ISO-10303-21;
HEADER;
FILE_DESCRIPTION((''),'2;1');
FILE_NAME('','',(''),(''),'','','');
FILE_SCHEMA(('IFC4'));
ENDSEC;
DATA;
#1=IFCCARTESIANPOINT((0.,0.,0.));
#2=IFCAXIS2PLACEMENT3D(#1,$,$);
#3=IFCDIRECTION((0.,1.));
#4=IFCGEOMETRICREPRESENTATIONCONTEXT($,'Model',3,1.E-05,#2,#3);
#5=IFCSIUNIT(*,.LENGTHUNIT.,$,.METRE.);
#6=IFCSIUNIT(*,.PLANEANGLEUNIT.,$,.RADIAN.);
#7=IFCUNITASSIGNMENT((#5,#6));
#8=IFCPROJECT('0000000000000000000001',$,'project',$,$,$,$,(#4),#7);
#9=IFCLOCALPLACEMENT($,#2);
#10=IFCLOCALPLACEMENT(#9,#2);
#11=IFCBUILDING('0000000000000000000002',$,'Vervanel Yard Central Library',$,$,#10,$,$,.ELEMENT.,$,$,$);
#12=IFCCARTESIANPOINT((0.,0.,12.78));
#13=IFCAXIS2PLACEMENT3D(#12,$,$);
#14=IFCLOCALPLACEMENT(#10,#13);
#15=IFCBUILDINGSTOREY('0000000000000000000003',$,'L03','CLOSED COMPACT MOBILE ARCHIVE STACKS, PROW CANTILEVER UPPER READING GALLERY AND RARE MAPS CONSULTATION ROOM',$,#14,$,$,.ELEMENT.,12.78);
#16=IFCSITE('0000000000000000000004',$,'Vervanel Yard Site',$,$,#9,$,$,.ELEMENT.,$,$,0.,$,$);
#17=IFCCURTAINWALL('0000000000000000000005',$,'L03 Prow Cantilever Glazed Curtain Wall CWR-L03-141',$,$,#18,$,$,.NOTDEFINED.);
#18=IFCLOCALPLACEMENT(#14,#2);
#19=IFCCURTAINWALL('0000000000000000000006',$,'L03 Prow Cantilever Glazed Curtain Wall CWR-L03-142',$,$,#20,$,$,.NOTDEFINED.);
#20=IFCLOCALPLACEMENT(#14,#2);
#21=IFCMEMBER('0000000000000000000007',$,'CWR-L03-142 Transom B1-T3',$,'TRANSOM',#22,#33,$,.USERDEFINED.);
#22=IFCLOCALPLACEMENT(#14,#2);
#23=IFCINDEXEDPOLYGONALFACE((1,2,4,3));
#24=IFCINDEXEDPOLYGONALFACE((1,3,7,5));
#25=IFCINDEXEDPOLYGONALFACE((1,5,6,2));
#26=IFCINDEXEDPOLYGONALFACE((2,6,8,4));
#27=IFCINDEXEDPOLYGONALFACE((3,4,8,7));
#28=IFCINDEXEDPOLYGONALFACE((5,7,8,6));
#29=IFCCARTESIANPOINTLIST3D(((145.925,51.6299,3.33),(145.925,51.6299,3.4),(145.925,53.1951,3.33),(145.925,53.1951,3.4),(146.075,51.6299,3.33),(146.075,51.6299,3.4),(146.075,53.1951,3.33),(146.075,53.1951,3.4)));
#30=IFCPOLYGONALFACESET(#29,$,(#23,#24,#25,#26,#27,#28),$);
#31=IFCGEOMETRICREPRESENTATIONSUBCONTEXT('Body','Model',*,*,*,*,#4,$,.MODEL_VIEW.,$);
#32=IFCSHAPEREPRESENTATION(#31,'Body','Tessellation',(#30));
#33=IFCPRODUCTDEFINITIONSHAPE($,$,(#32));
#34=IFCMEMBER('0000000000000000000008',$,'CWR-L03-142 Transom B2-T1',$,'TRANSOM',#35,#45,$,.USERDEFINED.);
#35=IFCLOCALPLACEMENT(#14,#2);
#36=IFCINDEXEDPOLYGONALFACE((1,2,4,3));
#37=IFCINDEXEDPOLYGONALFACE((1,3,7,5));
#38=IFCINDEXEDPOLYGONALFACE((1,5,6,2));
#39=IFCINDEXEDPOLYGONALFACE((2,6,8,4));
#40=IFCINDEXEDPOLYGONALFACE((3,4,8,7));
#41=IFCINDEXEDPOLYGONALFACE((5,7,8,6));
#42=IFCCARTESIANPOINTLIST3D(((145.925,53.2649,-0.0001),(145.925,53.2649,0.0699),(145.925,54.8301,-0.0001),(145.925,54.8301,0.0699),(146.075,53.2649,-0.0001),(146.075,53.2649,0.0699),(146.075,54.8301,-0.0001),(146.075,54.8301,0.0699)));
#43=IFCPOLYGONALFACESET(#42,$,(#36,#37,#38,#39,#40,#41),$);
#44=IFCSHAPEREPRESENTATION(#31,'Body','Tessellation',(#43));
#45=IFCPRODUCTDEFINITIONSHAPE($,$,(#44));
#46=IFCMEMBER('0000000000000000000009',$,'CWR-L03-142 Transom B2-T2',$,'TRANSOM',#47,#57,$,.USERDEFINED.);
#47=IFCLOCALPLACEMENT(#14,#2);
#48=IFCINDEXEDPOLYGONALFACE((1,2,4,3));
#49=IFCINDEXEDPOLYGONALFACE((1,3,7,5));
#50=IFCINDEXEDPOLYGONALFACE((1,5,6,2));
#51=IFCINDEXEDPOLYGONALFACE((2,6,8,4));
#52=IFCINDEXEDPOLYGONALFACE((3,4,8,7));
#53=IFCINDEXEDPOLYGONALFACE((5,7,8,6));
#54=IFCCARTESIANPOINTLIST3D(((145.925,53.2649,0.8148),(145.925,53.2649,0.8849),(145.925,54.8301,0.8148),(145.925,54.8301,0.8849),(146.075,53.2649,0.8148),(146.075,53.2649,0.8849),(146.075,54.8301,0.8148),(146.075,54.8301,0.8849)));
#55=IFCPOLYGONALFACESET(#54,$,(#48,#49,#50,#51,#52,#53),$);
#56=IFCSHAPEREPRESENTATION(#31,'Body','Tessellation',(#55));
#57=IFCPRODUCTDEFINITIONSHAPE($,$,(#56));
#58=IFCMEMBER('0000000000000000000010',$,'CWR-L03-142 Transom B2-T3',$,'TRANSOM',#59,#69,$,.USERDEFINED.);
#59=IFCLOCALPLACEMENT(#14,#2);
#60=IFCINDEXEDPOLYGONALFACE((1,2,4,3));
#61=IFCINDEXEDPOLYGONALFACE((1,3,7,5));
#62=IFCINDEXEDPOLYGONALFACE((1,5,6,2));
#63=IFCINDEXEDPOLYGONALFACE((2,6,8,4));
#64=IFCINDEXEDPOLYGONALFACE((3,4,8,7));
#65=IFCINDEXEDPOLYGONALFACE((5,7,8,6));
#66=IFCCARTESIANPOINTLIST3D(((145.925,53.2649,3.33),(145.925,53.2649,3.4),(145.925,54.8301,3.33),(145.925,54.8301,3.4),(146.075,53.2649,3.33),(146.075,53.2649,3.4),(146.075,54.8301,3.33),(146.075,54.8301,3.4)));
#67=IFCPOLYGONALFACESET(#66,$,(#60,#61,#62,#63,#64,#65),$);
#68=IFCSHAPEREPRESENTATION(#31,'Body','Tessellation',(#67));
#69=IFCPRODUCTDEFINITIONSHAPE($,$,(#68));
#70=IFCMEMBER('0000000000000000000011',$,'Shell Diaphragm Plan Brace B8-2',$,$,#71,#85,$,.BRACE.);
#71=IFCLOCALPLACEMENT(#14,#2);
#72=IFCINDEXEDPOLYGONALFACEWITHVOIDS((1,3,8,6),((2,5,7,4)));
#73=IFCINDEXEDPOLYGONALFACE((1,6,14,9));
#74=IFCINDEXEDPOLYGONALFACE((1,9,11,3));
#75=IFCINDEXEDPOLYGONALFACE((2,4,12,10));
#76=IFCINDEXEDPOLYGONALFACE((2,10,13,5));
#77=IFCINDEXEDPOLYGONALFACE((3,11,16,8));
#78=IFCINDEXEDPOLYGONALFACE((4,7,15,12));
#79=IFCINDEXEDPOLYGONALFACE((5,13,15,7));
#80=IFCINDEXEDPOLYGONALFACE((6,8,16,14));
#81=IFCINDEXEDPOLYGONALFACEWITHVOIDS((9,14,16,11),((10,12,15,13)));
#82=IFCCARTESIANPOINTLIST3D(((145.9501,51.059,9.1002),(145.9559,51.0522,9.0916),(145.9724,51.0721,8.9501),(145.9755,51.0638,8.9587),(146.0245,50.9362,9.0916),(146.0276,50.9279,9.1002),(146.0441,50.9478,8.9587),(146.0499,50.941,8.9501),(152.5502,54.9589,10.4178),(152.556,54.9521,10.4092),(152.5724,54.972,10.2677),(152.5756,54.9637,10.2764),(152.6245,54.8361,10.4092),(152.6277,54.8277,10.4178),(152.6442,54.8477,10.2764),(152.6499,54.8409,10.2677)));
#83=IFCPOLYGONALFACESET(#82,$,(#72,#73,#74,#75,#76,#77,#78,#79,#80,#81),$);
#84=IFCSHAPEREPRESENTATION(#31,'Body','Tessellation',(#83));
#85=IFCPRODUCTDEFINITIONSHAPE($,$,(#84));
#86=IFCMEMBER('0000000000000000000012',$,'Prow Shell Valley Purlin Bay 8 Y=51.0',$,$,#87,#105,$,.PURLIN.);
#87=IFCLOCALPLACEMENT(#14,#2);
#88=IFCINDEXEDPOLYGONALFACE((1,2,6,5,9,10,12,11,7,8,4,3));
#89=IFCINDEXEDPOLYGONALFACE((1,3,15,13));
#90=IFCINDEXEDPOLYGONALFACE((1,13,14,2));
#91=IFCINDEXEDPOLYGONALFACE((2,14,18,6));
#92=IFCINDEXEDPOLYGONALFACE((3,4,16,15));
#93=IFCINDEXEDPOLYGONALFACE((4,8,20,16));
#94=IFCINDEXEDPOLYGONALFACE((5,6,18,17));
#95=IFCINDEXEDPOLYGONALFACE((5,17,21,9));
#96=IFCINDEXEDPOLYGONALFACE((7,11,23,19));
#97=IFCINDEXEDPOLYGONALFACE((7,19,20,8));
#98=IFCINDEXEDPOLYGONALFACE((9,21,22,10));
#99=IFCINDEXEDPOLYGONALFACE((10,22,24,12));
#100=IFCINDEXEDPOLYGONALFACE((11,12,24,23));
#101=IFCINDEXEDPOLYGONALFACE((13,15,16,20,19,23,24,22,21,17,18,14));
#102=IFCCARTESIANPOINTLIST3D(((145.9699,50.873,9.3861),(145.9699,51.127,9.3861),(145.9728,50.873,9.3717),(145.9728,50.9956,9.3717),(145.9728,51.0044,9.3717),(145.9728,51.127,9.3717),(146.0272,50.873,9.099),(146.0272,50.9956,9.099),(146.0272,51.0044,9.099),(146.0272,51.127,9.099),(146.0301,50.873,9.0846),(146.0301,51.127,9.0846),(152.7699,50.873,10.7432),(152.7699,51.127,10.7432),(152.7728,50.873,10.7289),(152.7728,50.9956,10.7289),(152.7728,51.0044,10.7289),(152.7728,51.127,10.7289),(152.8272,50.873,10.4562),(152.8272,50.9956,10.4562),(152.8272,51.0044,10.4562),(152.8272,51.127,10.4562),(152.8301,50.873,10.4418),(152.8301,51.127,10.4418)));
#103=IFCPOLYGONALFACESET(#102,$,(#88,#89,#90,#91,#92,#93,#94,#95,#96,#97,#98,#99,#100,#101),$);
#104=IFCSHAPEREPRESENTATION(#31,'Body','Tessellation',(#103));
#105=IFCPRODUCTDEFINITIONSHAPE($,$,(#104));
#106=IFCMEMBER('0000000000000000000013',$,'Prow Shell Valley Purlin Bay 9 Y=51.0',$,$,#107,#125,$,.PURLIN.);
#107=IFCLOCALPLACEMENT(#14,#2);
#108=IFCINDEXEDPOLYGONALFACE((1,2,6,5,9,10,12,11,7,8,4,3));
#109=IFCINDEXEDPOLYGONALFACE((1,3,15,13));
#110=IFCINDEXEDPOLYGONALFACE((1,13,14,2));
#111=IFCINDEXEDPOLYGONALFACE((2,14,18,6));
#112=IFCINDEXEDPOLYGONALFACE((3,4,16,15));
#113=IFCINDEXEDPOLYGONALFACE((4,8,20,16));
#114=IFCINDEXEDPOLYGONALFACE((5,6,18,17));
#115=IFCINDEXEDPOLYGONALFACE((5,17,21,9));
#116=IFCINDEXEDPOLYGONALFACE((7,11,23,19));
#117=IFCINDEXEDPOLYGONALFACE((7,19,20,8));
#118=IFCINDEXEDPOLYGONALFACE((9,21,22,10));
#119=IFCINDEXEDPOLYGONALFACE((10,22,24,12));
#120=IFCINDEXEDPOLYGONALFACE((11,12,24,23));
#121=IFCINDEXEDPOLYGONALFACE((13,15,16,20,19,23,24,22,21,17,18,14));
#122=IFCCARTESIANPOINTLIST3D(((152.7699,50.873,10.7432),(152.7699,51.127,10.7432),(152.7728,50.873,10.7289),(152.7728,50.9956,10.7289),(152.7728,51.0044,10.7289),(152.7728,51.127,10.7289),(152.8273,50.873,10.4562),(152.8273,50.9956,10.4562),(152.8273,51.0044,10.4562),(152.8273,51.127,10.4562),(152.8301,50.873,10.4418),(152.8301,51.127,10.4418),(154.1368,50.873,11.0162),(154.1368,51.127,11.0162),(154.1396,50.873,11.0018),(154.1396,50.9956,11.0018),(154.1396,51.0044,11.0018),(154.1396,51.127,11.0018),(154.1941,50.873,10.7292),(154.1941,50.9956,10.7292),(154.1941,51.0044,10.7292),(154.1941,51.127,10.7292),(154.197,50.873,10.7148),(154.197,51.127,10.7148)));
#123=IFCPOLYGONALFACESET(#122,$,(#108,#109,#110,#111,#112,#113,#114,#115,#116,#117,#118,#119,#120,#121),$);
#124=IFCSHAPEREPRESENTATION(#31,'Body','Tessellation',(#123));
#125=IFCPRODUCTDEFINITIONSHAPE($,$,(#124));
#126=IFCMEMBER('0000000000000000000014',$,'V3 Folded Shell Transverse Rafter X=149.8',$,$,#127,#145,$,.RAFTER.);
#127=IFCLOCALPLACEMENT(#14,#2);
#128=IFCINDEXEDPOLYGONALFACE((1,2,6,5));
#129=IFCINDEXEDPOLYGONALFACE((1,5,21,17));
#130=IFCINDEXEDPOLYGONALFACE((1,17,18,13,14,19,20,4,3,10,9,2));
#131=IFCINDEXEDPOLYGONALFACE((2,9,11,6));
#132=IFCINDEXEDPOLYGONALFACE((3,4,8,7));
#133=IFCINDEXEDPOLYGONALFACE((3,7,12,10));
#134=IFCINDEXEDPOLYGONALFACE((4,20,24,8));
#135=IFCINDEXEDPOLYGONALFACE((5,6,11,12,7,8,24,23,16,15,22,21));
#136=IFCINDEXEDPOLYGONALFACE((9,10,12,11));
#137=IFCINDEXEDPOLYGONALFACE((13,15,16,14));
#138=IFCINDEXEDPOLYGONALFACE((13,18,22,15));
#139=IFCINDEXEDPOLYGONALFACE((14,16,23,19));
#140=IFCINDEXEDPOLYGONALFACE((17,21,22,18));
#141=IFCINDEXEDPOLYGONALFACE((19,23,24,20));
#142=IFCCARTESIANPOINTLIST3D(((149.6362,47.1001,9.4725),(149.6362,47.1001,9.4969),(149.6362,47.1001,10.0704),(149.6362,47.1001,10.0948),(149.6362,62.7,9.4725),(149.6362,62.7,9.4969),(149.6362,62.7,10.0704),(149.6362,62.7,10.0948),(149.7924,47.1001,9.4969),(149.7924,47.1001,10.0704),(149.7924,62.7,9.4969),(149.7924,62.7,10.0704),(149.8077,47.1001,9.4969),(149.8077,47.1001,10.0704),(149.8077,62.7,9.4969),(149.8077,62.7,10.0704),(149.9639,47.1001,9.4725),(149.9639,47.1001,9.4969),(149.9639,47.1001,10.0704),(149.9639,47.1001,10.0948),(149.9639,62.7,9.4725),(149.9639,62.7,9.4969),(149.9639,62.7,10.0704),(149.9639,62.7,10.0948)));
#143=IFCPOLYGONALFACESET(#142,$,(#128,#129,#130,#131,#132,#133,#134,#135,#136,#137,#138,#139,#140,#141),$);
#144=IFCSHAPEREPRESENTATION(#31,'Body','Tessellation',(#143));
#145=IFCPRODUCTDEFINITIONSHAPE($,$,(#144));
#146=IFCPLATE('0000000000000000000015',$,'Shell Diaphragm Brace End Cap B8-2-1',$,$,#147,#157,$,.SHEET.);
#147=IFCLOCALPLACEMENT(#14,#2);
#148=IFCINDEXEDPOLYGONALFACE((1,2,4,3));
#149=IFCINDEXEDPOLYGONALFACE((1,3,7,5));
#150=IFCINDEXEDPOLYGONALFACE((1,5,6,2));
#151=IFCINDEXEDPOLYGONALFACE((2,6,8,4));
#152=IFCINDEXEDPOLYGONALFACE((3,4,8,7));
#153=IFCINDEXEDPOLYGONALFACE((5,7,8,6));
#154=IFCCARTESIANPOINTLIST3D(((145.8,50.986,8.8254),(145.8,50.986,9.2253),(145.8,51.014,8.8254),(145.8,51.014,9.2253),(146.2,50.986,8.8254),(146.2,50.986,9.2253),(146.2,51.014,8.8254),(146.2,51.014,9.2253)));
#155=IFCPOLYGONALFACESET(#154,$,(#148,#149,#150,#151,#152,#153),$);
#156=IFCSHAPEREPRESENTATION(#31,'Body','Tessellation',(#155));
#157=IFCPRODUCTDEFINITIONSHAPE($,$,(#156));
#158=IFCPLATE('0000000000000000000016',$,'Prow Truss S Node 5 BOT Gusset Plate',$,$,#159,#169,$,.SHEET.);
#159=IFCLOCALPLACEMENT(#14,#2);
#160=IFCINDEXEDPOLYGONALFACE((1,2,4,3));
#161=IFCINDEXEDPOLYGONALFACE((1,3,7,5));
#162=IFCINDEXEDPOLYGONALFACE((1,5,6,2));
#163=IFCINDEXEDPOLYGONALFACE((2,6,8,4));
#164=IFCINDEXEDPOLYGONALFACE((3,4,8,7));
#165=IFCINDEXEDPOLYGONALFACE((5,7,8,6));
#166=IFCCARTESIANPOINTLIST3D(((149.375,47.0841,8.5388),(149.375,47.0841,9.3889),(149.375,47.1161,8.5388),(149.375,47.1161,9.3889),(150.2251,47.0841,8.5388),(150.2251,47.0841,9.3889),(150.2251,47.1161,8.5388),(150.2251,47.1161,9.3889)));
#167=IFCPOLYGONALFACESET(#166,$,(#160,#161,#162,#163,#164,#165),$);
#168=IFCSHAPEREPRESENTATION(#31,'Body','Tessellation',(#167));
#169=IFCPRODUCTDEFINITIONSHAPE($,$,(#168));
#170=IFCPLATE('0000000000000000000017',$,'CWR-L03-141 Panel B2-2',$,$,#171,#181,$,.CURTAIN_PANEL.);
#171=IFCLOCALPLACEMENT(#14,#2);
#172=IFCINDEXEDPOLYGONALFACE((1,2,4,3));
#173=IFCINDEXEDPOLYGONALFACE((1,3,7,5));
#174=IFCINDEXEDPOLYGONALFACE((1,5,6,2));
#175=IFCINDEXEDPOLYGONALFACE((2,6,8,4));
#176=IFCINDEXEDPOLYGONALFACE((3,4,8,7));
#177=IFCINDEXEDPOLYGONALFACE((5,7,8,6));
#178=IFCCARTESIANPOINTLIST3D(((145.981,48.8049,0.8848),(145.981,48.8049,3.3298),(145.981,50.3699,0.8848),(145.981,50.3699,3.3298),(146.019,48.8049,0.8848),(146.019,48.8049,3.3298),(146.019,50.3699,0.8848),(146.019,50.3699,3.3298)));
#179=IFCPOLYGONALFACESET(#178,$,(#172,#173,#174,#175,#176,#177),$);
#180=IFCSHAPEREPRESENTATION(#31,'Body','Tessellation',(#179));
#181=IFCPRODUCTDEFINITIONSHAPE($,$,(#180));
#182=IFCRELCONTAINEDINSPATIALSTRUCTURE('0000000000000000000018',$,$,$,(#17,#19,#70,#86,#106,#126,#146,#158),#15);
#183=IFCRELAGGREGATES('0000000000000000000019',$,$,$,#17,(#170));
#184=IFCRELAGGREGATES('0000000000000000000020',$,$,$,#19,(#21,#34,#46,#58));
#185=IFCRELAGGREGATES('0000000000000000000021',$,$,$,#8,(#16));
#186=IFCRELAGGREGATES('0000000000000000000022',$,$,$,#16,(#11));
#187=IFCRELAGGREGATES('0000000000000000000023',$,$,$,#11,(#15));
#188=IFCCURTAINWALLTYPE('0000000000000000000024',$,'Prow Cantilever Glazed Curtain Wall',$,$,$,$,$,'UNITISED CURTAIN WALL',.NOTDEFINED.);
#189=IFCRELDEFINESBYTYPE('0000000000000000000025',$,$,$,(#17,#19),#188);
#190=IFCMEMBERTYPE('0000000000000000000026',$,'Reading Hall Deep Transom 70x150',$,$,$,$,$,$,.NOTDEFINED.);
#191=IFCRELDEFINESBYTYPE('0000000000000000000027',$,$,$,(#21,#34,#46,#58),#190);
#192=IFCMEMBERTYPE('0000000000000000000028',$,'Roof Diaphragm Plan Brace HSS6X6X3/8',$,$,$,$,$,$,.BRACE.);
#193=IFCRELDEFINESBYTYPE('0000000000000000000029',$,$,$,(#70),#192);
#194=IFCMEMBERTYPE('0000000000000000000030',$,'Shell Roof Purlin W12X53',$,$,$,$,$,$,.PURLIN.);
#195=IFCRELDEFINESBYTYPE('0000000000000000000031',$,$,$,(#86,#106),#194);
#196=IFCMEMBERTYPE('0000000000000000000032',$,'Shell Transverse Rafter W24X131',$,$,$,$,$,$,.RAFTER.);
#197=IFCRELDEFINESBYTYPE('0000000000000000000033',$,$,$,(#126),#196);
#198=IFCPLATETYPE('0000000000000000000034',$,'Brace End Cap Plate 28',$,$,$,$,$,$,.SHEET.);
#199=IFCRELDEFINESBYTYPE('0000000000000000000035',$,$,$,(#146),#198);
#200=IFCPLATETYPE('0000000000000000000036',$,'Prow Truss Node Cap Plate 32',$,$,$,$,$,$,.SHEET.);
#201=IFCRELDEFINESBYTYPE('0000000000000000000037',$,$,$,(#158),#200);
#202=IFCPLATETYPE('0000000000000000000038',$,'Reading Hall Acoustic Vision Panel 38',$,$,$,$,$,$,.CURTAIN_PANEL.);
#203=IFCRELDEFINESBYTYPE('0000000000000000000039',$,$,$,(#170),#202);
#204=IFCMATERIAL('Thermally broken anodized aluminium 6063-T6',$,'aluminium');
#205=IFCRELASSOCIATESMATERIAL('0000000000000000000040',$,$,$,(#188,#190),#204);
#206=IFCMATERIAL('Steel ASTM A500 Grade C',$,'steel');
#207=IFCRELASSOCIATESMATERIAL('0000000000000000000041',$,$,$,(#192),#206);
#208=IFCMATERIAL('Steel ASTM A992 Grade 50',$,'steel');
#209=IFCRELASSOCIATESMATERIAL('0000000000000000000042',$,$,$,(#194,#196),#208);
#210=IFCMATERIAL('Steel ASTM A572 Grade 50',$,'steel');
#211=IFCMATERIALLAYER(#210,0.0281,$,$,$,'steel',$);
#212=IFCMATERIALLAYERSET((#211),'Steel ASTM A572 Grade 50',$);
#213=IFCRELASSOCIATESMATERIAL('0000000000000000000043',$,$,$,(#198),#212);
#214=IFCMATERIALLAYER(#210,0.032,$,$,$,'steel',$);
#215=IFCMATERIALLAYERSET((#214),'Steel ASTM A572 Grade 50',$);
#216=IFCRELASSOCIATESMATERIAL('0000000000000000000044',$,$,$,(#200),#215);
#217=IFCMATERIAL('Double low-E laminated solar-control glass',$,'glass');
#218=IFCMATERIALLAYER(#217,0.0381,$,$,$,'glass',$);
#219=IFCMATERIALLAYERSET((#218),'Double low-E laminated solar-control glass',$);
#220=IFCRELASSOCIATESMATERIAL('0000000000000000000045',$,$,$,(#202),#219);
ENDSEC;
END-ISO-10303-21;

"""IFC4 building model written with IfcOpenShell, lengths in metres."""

from ifc_helpers import new_model, si_unit, direction, frame, origin, origin_2d, place, context, subcontext, project, spatial, rectangle, hollow_rectangle, i_section, extrude, material, layer, layer_set, material_profile, profile_set, type_object, element, aggregate, save


model = new_model("IFC4")

# Units and contexts
model_context = context("Model", 3, precision=1e-05, world=origin(), true_north=direction((0.0, 1.0)))
body_context = subcontext(model_context, "Body", "Model", "MODEL_VIEW")
ifc_project = project(units=[si_unit("LENGTHUNIT", "METRE"), si_unit("PLANEANGLEUNIT", "RADIAN")], contexts=[model_context])

# Site, building, storey
site_placement = place(None, origin())
site = spatial("IfcSite", under=ifc_project, at=site_placement, Name="Vervanel Yard Site", CompositionType="ELEMENT", RefElevation=0.0)
building_placement = place(site_placement, origin())
building = spatial("IfcBuilding", under=site, at=building_placement, Name="Vervanel Yard Central Library", CompositionType="ELEMENT")
storey_placement = place(building_placement, frame((0.0, 0.0, 12.78)))
storey = spatial("IfcBuildingStorey", under=building, at=storey_placement, Name="L03", Description="CLOSED COMPACT MOBILE ARCHIVE STACKS, PROW CANTILEVER UPPER READING GALLERY AND RARE MAPS CONSULTATION ROOM", CompositionType="ELEMENT", Elevation=12.78)

# Shared definitions
ifc_material_1 = material(Name="Steel ASTM A500 Grade C", Category="steel")

# Curtain walls
ifc_material_2 = material(Name="Thermally broken anodized aluminium 6063-T6", Category="aluminium")
curtain_wall_type = type_object("IfcCurtainWallType", Name="Prow Cantilever Glazed Curtain Wall", ElementType="UNITISED CURTAIN WALL", PredefinedType="NOTDEFINED", material=ifc_material_2)
curtain_wall_1_placement = place(storey_placement, origin())
curtain_wall_1 = element("IfcCurtainWall", 1, at=curtain_wall_1_placement, inside=storey, type_object=curtain_wall_type, Name="L03 Prow Cantilever Glazed Curtain Wall CWR-L03-141", PredefinedType="NOTDEFINED")
curtain_wall_2_placement = place(storey_placement, origin())
curtain_wall_2 = element("IfcCurtainWall", 2, at=curtain_wall_2_placement, inside=storey, type_object=curtain_wall_type, Name="L03 Prow Cantilever Glazed Curtain Wall CWR-L03-142", PredefinedType="NOTDEFINED")

# Members
ifc_material_profile_1 = material_profile(ifc_material_2, rectangle(XDim=0.0701, YDim=0.1499, at=origin_2d()), Name="ALU 70x150", Category="aluminium")
ifc_profile_set_1 = profile_set([ifc_material_profile_1], Name="Thermally broken anodized aluminium 6063-T6")
member_type_1 = type_object("IfcMemberType", Name="Reading Hall Deep Transom 70x150", PredefinedType="NOTDEFINED", material=ifc_profile_set_1)
member_1_placement = place(storey_placement, frame((146.0, 51.6299, 3.365), z_axis=(0.0, 1.0, 0.0), x_axis=(0.0, 0.0, 1.0)))
member_1 = element("IfcMember", 3, at=member_1_placement, type_object=member_type_1, Name="CWR-L03-142 Transom B1-T3", ObjectType="TRANSOM", PredefinedType="USERDEFINED", context=body_context, shape_type="SweptSolid", body=[
    extrude(rectangle(XDim=0.0701, YDim=0.1499, at=origin_2d()), origin(), (0.0, 0.0, 1.0), 1.5652),
])
member_2_placement = place(storey_placement, frame((146.0, 53.2649, 0.0349), z_axis=(0.0, 1.0, 0.0), x_axis=(0.0, 0.0, 1.0)))
member_2 = element("IfcMember", 4, at=member_2_placement, type_object=member_type_1, Name="CWR-L03-142 Transom B2-T1", ObjectType="TRANSOM", PredefinedType="USERDEFINED", context=body_context, shape_type="SweptSolid", body=[
    extrude(rectangle(XDim=0.0701, YDim=0.1499, at=origin_2d()), origin(), (0.0, 0.0, 1.0), 1.5652),
])
member_3_placement = place(storey_placement, frame((146.0, 53.2649, 0.8499), z_axis=(0.0, 1.0, 0.0), x_axis=(0.0, 0.0, 1.0)))
member_3 = element("IfcMember", 5, at=member_3_placement, type_object=member_type_1, Name="CWR-L03-142 Transom B2-T2", ObjectType="TRANSOM", PredefinedType="USERDEFINED", context=body_context, shape_type="SweptSolid", body=[
    extrude(rectangle(XDim=0.0701, YDim=0.1499, at=origin_2d()), origin(), (0.0, 0.0, 1.0), 1.5652),
])
member_4_placement = place(storey_placement, frame((146.0, 53.2649, 3.365), z_axis=(0.0, 1.0, 0.0), x_axis=(0.0, 0.0, 1.0)))
member_4 = element("IfcMember", 6, at=member_4_placement, type_object=member_type_1, Name="CWR-L03-142 Transom B2-T3", ObjectType="TRANSOM", PredefinedType="USERDEFINED", context=body_context, shape_type="SweptSolid", body=[
    extrude(rectangle(XDim=0.0701, YDim=0.1499, at=origin_2d()), origin(), (0.0, 0.0, 1.0), 1.5652),
])

# Members
ifc_material_profile_2 = material_profile(ifc_material_1, hollow_rectangle(XDim=0.1523, YDim=0.1523, WallThickness=0.0088, at=origin_2d()), Name="HSS6X6X3/8", Category="steel")
ifc_profile_set_2 = profile_set([ifc_material_profile_2], Name="Steel ASTM A500 Grade C")
member_type_2 = type_object("IfcMemberType", Name="Roof Diaphragm Plan Brace HSS6X6X3/8", PredefinedType="BRACE", material=ifc_profile_set_2)
member_5_placement = place(storey_placement, frame((146.0, 51.0, 9.0251), z_axis=(0.848494, 0.501363, 0.169391), x_axis=(-0.508714, 0.860935, 0.0)))
element("IfcMember", 7, at=member_5_placement, inside=storey, type_object=member_type_2, Name="Shell Diaphragm Plan Brace B8-2", PredefinedType="BRACE", context=body_context, shape_type="SweptSolid", body=[
    extrude(hollow_rectangle(XDim=0.1523, YDim=0.1523, WallThickness=0.0088, at=origin_2d()), origin(), (0.0, 0.0, 1.0), 7.7786),
])
ifc_material_3 = material(Name="Steel ASTM A992 Grade 50", Category="steel")
ifc_material_profile_3 = material_profile(ifc_material_3, i_section(OverallWidth=0.2539, OverallDepth=0.3074, WebThickness=0.0088, FlangeThickness=0.0146, at=origin_2d()), Name="W12X53", Category="steel")
ifc_profile_set_3 = profile_set([ifc_material_profile_3], Name="Steel ASTM A992 Grade 50")
member_type_3 = type_object("IfcMemberType", Name="Shell Roof Purlin W12X53", PredefinedType="PURLIN", material=ifc_profile_set_3)
member_6_placement = place(storey_placement, frame((146.0, 51.0, 9.2354), z_axis=(0.980659, 0.0, 0.195723), x_axis=(0.0, 1.0, 0.0)))
element("IfcMember", 8, at=member_6_placement, inside=storey, type_object=member_type_3, Name="Prow Shell Valley Purlin Bay 8 Y=51.0", PredefinedType="PURLIN", context=body_context, shape_type="SweptSolid", body=[
    extrude(i_section(OverallWidth=0.2539, OverallDepth=0.3074, WebThickness=0.0088, FlangeThickness=0.0146, at=origin_2d()), origin(), (0.0, 0.0, 1.0), 6.9341),
])
member_7_placement = place(storey_placement, frame((152.8, 51.0, 10.5925), z_axis=(0.980635, 0.0, 0.195847), x_axis=(0.0, 1.0, 0.0)))
element("IfcMember", 9, at=member_7_placement, inside=storey, type_object=member_type_3, Name="Prow Shell Valley Purlin Bay 9 Y=51.0", PredefinedType="PURLIN", context=body_context, shape_type="SweptSolid", body=[
    extrude(i_section(OverallWidth=0.2539, OverallDepth=0.3074, WebThickness=0.0088, FlangeThickness=0.0146, at=origin_2d()), origin(), (0.0, 0.0, 1.0), 1.3938),
])
ifc_material_profile_4 = material_profile(ifc_material_3, i_section(OverallWidth=0.3276, OverallDepth=0.6223, WebThickness=0.0154, FlangeThickness=0.0244, at=origin_2d()), Name="W24X131", Category="steel")
ifc_profile_set_4 = profile_set([ifc_material_profile_4], Name="Steel ASTM A992 Grade 50")
member_type_4 = type_object("IfcMemberType", Name="Shell Transverse Rafter W24X131", PredefinedType="RAFTER", material=ifc_profile_set_4)
member_8_placement = place(storey_placement, frame((149.8, 47.1001, 9.7837), z_axis=(0.0, 1.0, 0.0), x_axis=(-1.0, 0.0, 0.0)))
element("IfcMember", 10, at=member_8_placement, inside=storey, type_object=member_type_4, Name="V3 Folded Shell Transverse Rafter X=149.8", PredefinedType="RAFTER", context=body_context, shape_type="SweptSolid", body=[
    extrude(i_section(OverallWidth=0.3276, OverallDepth=0.6223, WebThickness=0.0154, FlangeThickness=0.0244, at=origin_2d()), origin(), (0.0, 0.0, 1.0), 15.5999),
])

# Plates
ifc_material_4 = material(Name="Steel ASTM A572 Grade 50", Category="steel")
ifc_layer_1 = layer(ifc_material_4, 0.0281, Category="steel")
ifc_layer_set_1 = layer_set([ifc_layer_1], Name="Steel ASTM A572 Grade 50")
plate_type_1 = type_object("IfcPlateType", Name="Brace End Cap Plate 28", PredefinedType="SHEET", material=ifc_layer_set_1)
plate_1_placement = place(storey_placement, frame((146.0, 51.0, 8.8254), z_axis=(0.0, 0.0, 1.0), x_axis=(1.0, 0.0, 0.0)))
element("IfcPlate", 11, at=plate_1_placement, inside=storey, type_object=plate_type_1, Name="Shell Diaphragm Brace End Cap B8-2-1", PredefinedType="SHEET", context=body_context, shape_type="SweptSolid", body=[
    extrude(rectangle(XDim=0.3999, YDim=0.0281, at=origin_2d()), origin(), (0.0, 0.0, 1.0), 0.3999),
])
ifc_layer_2 = layer(ifc_material_4, 0.032, Category="steel")
ifc_layer_set_2 = layer_set([ifc_layer_2], Name="Steel ASTM A572 Grade 50")
plate_type_2 = type_object("IfcPlateType", Name="Prow Truss Node Cap Plate 32", PredefinedType="SHEET", material=ifc_layer_set_2)
plate_2_placement = place(storey_placement, frame((149.8, 47.1001, 8.5388), z_axis=(0.0, 0.0, 1.0), x_axis=(1.0, 0.0, 0.0)))
element("IfcPlate", 12, at=plate_2_placement, inside=storey, type_object=plate_type_2, Name="Prow Truss S Node 5 BOT Gusset Plate", PredefinedType="SHEET", context=body_context, shape_type="SweptSolid", body=[
    extrude(rectangle(XDim=0.8501, YDim=0.032, at=origin_2d()), origin(), (0.0, 0.0, 1.0), 0.8501),
])

# Plate
ifc_material_5 = material(Name="Double low-E laminated solar-control glass", Category="glass")
ifc_layer_3 = layer(ifc_material_5, 0.0381, Category="glass")
ifc_layer_set_3 = layer_set([ifc_layer_3], Name="Double low-E laminated solar-control glass")
plate_type_3 = type_object("IfcPlateType", Name="Reading Hall Acoustic Vision Panel 38", PredefinedType="CURTAIN_PANEL", material=ifc_layer_set_3)
plate_3_placement = place(storey_placement, frame((146.0, 49.5874, 0.8848), z_axis=(0.0, 0.0, 1.0), x_axis=(0.0, 1.0, 0.0)))
plate_3 = element("IfcPlate", 13, at=plate_3_placement, type_object=plate_type_3, Name="CWR-L03-141 Panel B2-2", PredefinedType="CURTAIN_PANEL", context=body_context, shape_type="SweptSolid", body=[
    extrude(rectangle(XDim=1.5649, YDim=0.0381, at=origin_2d()), origin(), (0.0, 0.0, 1.0), 2.4451),
])
aggregate(curtain_wall_1, [plate_3])
aggregate(curtain_wall_2, [member_1, member_2, member_3, member_4])

save(model, "model.ifc")
